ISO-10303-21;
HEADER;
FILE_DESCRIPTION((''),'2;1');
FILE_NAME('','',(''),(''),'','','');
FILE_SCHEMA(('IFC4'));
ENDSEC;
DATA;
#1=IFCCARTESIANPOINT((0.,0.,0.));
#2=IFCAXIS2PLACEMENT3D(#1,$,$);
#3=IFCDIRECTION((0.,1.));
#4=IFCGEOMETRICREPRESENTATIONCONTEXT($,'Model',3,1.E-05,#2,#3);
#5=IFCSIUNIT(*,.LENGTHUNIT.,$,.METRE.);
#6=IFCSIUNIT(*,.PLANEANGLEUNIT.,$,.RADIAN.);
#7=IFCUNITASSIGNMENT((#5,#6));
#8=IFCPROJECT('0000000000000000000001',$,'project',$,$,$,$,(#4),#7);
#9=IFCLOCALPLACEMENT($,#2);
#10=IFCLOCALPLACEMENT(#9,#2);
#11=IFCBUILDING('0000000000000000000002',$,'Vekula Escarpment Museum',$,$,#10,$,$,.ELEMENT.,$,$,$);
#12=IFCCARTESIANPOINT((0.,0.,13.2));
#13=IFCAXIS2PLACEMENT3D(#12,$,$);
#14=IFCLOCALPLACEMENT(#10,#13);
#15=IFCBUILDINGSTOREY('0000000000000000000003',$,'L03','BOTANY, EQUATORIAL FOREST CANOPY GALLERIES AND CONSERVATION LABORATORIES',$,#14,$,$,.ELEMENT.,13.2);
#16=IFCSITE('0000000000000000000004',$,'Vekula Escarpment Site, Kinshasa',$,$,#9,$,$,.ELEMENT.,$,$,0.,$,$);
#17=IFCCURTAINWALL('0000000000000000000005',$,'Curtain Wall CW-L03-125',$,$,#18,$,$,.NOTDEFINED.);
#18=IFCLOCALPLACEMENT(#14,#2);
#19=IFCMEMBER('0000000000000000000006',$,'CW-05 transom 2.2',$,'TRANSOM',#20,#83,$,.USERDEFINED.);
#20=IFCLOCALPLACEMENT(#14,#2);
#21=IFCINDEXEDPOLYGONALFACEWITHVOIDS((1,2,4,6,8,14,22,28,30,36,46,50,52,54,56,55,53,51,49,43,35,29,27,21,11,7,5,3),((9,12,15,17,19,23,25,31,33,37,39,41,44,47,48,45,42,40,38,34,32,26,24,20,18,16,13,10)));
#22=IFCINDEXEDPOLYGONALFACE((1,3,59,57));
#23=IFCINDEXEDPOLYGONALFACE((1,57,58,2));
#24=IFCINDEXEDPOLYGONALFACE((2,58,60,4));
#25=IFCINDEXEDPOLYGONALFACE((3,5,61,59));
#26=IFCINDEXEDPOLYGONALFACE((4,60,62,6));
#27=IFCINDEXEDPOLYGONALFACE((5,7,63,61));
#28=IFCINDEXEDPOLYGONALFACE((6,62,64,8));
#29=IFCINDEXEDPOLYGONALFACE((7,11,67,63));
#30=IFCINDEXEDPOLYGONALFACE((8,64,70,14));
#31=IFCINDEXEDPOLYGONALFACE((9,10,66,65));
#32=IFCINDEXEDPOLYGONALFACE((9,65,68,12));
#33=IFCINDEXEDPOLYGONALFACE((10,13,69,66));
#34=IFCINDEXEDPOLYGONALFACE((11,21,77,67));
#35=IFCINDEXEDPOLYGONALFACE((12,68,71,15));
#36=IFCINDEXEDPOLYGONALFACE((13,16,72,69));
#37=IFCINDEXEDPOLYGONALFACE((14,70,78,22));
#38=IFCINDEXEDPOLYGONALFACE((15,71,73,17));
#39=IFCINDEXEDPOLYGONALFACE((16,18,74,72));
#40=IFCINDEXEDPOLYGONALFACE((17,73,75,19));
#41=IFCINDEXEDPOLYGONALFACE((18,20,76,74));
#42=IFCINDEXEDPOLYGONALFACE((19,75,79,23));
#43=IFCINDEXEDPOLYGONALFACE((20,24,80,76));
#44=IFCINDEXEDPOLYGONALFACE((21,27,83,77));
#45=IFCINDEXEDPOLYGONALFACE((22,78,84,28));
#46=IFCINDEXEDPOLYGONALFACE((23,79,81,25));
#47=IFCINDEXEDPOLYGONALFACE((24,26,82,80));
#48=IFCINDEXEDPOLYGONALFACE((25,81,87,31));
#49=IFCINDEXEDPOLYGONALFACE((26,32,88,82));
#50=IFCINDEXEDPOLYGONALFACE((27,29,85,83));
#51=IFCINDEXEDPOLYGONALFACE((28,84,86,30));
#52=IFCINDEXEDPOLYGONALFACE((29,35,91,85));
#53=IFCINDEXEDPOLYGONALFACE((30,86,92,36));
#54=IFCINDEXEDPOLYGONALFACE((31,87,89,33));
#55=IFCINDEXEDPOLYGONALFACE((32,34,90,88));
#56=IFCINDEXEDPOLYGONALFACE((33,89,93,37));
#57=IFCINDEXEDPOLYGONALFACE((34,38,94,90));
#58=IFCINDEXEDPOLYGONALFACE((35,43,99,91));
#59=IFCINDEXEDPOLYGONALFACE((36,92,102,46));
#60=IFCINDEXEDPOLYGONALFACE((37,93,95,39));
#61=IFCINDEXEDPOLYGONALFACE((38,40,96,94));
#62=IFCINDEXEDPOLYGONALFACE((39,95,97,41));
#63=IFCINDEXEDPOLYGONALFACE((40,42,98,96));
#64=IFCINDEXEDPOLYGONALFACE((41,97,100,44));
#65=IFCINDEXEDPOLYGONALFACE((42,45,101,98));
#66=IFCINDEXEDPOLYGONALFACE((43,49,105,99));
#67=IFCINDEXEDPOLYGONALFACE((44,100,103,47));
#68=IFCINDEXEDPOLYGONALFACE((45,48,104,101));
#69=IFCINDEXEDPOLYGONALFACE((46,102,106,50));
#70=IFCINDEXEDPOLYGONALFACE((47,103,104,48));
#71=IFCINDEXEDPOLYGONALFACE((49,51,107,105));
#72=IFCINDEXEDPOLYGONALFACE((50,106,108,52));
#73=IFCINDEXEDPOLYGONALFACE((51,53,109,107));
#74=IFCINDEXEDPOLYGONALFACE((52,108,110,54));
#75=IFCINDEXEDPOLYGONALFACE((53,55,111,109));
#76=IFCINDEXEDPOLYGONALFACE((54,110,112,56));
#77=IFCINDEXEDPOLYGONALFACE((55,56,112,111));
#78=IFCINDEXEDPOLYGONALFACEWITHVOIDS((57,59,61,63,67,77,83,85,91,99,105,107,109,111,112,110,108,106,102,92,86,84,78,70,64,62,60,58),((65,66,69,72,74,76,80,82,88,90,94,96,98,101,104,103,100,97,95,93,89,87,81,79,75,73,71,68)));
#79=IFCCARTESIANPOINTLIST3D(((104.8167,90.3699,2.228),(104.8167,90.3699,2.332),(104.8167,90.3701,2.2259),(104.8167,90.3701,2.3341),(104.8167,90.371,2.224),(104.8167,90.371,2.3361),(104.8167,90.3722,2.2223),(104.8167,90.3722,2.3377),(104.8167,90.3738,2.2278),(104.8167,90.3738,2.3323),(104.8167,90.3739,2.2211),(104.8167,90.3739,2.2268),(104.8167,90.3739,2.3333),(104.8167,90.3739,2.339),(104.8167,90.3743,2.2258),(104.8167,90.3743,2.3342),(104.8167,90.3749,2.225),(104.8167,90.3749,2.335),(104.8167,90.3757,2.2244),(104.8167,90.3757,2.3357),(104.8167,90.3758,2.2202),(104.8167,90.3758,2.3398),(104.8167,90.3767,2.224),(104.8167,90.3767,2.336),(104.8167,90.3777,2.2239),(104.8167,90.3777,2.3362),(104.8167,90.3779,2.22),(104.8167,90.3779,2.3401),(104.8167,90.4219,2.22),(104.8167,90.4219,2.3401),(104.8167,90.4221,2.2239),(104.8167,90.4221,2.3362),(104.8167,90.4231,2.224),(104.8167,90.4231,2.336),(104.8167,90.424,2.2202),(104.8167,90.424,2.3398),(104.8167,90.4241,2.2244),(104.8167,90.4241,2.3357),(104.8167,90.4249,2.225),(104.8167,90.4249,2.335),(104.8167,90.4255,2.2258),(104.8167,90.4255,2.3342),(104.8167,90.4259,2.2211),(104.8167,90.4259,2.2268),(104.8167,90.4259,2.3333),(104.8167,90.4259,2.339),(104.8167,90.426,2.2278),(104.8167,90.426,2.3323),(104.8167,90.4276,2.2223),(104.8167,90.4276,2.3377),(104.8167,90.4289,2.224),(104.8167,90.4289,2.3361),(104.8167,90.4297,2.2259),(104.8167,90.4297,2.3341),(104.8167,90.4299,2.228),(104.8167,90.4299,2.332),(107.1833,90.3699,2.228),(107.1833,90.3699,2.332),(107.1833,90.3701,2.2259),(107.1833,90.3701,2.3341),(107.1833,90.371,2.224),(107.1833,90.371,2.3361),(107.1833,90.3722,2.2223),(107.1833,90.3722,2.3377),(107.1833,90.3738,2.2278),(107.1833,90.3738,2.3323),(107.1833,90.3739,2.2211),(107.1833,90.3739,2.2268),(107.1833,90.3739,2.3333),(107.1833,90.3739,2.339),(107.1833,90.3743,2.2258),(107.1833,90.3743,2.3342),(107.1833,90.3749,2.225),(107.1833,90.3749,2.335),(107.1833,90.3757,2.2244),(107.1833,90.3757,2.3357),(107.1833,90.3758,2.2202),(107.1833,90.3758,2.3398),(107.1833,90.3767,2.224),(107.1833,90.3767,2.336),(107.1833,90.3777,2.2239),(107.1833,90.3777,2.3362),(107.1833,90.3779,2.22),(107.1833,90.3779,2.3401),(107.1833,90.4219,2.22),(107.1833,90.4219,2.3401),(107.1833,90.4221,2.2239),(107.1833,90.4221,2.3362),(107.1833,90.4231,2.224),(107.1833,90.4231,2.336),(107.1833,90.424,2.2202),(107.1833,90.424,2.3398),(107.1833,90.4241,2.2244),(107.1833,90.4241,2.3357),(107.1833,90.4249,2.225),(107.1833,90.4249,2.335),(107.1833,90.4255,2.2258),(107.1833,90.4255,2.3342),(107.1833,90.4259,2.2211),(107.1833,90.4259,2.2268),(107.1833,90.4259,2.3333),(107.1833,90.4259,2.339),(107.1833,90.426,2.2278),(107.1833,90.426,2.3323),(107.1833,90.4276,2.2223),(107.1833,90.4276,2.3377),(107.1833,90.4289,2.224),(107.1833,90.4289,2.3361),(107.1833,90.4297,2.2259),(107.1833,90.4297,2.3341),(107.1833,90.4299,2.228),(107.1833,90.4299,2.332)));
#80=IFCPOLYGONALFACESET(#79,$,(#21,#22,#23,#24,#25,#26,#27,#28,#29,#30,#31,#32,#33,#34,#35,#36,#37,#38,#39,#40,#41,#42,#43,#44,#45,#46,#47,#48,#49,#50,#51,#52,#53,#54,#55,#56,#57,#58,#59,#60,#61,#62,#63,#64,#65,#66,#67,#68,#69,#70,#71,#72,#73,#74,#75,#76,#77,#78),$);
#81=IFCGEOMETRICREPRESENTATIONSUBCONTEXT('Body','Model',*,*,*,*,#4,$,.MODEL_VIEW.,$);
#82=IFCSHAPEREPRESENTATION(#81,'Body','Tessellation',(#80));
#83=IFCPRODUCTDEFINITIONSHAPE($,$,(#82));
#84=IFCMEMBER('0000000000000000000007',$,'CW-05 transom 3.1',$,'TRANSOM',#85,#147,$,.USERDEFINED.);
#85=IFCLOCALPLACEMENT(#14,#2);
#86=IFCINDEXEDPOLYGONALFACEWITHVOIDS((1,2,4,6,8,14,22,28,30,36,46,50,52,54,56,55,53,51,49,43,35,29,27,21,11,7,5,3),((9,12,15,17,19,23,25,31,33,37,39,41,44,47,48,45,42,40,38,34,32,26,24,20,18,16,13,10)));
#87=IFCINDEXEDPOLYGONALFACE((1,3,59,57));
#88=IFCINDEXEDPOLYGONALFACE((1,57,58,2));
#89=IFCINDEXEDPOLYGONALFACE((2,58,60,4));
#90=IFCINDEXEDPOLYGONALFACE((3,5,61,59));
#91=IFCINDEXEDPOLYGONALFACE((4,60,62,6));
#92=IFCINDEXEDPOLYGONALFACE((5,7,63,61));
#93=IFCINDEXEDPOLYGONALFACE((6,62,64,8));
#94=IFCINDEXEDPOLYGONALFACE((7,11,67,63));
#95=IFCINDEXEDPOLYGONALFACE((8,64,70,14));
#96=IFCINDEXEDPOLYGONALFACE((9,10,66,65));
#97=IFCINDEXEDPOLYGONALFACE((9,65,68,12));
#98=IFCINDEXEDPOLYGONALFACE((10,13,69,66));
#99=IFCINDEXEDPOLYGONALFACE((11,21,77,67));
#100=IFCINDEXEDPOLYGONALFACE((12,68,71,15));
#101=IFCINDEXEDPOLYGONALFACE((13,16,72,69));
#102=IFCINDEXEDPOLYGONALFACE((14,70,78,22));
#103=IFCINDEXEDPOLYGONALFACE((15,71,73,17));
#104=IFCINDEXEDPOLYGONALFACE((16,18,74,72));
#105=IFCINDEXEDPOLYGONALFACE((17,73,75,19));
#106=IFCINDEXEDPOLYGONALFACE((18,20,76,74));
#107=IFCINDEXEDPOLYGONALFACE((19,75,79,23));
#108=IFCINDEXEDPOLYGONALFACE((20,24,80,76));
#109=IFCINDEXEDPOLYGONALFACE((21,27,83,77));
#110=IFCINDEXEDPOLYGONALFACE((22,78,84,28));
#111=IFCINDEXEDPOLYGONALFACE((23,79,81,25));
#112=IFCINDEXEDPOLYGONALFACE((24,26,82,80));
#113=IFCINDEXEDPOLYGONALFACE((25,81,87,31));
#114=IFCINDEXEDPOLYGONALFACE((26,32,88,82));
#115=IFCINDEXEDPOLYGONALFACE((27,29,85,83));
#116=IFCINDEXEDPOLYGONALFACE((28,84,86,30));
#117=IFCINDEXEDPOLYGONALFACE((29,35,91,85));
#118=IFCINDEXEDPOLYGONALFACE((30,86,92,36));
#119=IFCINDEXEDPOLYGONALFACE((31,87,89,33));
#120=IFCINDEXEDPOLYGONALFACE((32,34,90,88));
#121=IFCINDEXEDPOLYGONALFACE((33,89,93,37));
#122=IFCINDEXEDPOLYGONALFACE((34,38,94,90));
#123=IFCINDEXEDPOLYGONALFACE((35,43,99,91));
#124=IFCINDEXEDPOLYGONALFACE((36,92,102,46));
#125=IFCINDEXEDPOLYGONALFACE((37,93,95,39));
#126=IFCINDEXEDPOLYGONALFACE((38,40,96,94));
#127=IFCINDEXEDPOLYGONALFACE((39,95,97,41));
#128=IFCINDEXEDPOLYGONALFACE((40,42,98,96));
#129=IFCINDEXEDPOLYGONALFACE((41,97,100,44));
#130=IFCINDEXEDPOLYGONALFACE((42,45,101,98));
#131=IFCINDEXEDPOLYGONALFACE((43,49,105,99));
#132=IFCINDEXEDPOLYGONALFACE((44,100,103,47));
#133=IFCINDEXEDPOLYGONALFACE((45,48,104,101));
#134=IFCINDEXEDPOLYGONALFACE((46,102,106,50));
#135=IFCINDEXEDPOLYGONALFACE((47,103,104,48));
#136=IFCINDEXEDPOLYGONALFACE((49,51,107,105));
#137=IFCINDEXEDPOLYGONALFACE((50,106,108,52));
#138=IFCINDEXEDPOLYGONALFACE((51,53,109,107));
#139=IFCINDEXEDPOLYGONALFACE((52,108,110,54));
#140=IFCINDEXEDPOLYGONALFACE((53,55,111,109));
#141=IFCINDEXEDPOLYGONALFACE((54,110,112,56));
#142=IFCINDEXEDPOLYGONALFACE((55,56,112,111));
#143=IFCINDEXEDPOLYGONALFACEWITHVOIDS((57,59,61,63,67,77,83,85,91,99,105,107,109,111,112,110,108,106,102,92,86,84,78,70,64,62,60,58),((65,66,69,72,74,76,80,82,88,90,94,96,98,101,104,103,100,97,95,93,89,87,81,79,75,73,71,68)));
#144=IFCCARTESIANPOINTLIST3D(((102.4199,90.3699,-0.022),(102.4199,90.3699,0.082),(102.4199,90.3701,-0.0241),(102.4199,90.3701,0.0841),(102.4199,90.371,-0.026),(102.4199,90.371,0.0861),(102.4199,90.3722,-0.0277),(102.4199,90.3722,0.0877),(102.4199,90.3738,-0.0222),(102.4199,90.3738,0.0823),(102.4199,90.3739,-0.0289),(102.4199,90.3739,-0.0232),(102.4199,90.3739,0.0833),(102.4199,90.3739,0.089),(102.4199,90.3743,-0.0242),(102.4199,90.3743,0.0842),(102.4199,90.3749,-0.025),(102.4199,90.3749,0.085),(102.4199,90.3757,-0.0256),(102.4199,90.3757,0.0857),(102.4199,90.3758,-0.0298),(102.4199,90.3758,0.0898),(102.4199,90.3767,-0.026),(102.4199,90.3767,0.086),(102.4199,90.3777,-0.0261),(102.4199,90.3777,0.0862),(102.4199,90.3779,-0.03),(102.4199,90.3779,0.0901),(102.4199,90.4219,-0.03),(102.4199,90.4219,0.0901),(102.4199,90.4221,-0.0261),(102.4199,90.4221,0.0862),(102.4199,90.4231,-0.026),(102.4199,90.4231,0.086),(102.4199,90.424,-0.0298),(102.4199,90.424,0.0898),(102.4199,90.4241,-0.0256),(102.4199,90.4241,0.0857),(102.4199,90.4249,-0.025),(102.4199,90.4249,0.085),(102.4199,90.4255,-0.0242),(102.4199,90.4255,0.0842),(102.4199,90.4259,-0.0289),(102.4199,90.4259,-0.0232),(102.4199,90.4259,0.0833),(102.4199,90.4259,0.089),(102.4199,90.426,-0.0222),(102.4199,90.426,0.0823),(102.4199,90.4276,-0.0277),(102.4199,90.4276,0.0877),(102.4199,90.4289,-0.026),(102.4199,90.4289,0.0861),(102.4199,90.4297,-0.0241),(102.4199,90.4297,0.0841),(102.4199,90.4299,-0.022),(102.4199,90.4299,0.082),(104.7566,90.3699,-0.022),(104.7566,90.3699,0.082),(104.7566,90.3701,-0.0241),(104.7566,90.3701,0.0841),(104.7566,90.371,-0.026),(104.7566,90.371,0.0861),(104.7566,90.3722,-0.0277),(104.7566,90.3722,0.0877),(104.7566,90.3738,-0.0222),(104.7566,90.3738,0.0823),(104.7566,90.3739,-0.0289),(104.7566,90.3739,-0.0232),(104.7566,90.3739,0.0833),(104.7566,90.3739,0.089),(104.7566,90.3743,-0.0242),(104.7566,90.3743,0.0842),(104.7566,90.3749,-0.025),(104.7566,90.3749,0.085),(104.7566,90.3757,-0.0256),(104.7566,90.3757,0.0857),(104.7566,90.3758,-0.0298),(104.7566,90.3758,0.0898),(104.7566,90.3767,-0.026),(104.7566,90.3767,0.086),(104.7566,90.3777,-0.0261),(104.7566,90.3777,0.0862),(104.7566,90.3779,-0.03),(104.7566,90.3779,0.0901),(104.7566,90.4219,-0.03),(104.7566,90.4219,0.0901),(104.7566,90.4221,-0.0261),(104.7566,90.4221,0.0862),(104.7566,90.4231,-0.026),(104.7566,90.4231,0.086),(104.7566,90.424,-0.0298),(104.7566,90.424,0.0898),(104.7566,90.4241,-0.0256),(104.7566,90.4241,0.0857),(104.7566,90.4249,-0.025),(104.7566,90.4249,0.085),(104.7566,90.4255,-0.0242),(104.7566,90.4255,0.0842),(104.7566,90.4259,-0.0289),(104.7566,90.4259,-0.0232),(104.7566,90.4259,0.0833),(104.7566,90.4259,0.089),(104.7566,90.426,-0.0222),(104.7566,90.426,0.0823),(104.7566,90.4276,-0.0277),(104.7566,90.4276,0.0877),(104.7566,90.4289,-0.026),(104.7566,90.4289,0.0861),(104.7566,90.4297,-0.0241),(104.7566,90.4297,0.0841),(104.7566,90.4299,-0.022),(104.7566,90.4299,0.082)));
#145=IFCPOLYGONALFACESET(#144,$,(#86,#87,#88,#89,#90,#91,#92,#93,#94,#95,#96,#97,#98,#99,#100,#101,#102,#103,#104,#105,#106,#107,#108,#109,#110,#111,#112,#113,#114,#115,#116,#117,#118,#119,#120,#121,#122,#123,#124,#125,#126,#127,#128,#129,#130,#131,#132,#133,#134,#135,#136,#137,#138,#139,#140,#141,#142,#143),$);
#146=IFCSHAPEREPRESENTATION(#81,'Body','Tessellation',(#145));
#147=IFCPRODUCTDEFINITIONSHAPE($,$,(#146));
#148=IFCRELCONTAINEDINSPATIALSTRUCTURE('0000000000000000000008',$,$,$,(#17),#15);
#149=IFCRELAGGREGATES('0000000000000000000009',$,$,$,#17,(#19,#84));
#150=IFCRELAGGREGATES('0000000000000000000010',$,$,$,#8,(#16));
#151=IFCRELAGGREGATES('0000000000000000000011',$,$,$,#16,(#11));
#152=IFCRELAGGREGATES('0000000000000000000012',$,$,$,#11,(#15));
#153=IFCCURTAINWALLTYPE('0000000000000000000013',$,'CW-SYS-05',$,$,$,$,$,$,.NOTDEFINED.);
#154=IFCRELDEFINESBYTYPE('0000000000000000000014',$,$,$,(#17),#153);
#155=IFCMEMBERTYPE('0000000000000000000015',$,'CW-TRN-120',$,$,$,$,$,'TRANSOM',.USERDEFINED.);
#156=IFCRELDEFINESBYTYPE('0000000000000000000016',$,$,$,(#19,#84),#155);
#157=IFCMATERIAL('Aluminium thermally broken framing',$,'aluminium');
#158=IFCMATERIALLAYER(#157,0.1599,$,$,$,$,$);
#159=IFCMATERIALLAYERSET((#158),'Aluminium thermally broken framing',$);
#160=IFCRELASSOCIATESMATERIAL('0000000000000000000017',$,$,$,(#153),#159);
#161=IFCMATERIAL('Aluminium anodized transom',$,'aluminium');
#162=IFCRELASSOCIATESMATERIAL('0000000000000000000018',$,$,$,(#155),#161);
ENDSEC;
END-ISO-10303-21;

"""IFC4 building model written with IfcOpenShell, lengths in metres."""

from ifc_helpers import new_model, si_unit, direction, frame, origin, origin_2d, place, context, subcontext, project, spatial, hollow_rectangle, extrude, material, layer, layer_set, material_profile, profile_set, type_object, element, aggregate, save


model = new_model("IFC4")

# Units and contexts
model_context = context("Model", 3, precision=1e-05, world=origin(), true_north=direction((0.0, 1.0)))
body_context = subcontext(model_context, "Body", "Model", "MODEL_VIEW")
ifc_project = project(units=[si_unit("LENGTHUNIT", "METRE"), si_unit("PLANEANGLEUNIT", "RADIAN")], contexts=[model_context])

# Site, building, storey
site_placement = place(None, origin())
site = spatial("IfcSite", under=ifc_project, at=site_placement, Name="Vekula Escarpment Site, Kinshasa", CompositionType="ELEMENT", RefElevation=0.0)
building_placement = place(site_placement, origin())
building = spatial("IfcBuilding", under=site, at=building_placement, Name="Vekula Escarpment Museum", CompositionType="ELEMENT")
storey_placement = place(building_placement, frame((0.0, 0.0, 13.2)))
storey = spatial("IfcBuildingStorey", under=building, at=storey_placement, Name="L03", Description="BOTANY, EQUATORIAL FOREST CANOPY GALLERIES AND CONSERVATION LABORATORIES", CompositionType="ELEMENT", Elevation=13.2)

# Curtain wall
ifc_material_1 = material(Name="Aluminium thermally broken framing", Category="aluminium")
ifc_layer_1 = layer(ifc_material_1, 0.1599)
ifc_layer_set_1 = layer_set([ifc_layer_1], Name="Aluminium thermally broken framing")
curtain_wall_type_1 = type_object("IfcCurtainWallType", Name="CW-SYS-05", PredefinedType="NOTDEFINED", material=ifc_layer_set_1)
curtain_wall_1_placement = place(storey_placement, origin())
curtain_wall_1 = element("IfcCurtainWall", 1, at=curtain_wall_1_placement, inside=storey, type_object=curtain_wall_type_1, Name="Curtain Wall CW-L03-125", PredefinedType="NOTDEFINED")

# Members
ifc_material_2 = material(Name="Aluminium anodized transom", Category="aluminium")
ifc_material_profile_1 = material_profile(ifc_material_2, hollow_rectangle(XDim=0.0601, YDim=0.1201, WallThickness=0.0039, InnerFilletRadius=0.0039, OuterFilletRadius=0.0081, at=origin_2d()), Name="ALU 120x60x4")
ifc_profile_set_1 = profile_set([ifc_material_profile_1], Name="Aluminium anodized transom")
member_type_1 = type_object("IfcMemberType", Name="CW-TRN-120", ElementType="TRANSOM", PredefinedType="USERDEFINED", material=ifc_profile_set_1)
member_1_placement = place(storey_placement, frame((107.1833, 90.3999, 2.28), z_axis=(-1.0, 0.0, 0.0), x_axis=(0.0, -1.0, 0.0)))
member_1 = element("IfcMember", 2, at=member_1_placement, type_object=member_type_1, Name="CW-05 transom 2.2", ObjectType="TRANSOM", PredefinedType="USERDEFINED", context=body_context, shape_type="SweptSolid", body=[
    extrude(hollow_rectangle(XDim=0.0601, YDim=0.1201, WallThickness=0.0039, InnerFilletRadius=0.0039, OuterFilletRadius=0.0081, at=origin_2d()), origin(), (0.0, 0.0, 1.0), 2.3667),
])
member_2_placement = place(storey_placement, frame((104.7566, 90.3999, 0.03), z_axis=(-1.0, 0.0, 0.0), x_axis=(0.0, -1.0, 0.0)))
member_2 = element("IfcMember", 3, at=member_2_placement, type_object=member_type_1, Name="CW-05 transom 3.1", ObjectType="TRANSOM", PredefinedType="USERDEFINED", context=body_context, shape_type="SweptSolid", body=[
    extrude(hollow_rectangle(XDim=0.0601, YDim=0.1201, WallThickness=0.0039, InnerFilletRadius=0.0039, OuterFilletRadius=0.0081, at=origin_2d()), origin(), (0.0, 0.0, 1.0), 2.3367),
])

aggregate(curtain_wall_1, [member_1, member_2])

save(model, "model.ifc")
